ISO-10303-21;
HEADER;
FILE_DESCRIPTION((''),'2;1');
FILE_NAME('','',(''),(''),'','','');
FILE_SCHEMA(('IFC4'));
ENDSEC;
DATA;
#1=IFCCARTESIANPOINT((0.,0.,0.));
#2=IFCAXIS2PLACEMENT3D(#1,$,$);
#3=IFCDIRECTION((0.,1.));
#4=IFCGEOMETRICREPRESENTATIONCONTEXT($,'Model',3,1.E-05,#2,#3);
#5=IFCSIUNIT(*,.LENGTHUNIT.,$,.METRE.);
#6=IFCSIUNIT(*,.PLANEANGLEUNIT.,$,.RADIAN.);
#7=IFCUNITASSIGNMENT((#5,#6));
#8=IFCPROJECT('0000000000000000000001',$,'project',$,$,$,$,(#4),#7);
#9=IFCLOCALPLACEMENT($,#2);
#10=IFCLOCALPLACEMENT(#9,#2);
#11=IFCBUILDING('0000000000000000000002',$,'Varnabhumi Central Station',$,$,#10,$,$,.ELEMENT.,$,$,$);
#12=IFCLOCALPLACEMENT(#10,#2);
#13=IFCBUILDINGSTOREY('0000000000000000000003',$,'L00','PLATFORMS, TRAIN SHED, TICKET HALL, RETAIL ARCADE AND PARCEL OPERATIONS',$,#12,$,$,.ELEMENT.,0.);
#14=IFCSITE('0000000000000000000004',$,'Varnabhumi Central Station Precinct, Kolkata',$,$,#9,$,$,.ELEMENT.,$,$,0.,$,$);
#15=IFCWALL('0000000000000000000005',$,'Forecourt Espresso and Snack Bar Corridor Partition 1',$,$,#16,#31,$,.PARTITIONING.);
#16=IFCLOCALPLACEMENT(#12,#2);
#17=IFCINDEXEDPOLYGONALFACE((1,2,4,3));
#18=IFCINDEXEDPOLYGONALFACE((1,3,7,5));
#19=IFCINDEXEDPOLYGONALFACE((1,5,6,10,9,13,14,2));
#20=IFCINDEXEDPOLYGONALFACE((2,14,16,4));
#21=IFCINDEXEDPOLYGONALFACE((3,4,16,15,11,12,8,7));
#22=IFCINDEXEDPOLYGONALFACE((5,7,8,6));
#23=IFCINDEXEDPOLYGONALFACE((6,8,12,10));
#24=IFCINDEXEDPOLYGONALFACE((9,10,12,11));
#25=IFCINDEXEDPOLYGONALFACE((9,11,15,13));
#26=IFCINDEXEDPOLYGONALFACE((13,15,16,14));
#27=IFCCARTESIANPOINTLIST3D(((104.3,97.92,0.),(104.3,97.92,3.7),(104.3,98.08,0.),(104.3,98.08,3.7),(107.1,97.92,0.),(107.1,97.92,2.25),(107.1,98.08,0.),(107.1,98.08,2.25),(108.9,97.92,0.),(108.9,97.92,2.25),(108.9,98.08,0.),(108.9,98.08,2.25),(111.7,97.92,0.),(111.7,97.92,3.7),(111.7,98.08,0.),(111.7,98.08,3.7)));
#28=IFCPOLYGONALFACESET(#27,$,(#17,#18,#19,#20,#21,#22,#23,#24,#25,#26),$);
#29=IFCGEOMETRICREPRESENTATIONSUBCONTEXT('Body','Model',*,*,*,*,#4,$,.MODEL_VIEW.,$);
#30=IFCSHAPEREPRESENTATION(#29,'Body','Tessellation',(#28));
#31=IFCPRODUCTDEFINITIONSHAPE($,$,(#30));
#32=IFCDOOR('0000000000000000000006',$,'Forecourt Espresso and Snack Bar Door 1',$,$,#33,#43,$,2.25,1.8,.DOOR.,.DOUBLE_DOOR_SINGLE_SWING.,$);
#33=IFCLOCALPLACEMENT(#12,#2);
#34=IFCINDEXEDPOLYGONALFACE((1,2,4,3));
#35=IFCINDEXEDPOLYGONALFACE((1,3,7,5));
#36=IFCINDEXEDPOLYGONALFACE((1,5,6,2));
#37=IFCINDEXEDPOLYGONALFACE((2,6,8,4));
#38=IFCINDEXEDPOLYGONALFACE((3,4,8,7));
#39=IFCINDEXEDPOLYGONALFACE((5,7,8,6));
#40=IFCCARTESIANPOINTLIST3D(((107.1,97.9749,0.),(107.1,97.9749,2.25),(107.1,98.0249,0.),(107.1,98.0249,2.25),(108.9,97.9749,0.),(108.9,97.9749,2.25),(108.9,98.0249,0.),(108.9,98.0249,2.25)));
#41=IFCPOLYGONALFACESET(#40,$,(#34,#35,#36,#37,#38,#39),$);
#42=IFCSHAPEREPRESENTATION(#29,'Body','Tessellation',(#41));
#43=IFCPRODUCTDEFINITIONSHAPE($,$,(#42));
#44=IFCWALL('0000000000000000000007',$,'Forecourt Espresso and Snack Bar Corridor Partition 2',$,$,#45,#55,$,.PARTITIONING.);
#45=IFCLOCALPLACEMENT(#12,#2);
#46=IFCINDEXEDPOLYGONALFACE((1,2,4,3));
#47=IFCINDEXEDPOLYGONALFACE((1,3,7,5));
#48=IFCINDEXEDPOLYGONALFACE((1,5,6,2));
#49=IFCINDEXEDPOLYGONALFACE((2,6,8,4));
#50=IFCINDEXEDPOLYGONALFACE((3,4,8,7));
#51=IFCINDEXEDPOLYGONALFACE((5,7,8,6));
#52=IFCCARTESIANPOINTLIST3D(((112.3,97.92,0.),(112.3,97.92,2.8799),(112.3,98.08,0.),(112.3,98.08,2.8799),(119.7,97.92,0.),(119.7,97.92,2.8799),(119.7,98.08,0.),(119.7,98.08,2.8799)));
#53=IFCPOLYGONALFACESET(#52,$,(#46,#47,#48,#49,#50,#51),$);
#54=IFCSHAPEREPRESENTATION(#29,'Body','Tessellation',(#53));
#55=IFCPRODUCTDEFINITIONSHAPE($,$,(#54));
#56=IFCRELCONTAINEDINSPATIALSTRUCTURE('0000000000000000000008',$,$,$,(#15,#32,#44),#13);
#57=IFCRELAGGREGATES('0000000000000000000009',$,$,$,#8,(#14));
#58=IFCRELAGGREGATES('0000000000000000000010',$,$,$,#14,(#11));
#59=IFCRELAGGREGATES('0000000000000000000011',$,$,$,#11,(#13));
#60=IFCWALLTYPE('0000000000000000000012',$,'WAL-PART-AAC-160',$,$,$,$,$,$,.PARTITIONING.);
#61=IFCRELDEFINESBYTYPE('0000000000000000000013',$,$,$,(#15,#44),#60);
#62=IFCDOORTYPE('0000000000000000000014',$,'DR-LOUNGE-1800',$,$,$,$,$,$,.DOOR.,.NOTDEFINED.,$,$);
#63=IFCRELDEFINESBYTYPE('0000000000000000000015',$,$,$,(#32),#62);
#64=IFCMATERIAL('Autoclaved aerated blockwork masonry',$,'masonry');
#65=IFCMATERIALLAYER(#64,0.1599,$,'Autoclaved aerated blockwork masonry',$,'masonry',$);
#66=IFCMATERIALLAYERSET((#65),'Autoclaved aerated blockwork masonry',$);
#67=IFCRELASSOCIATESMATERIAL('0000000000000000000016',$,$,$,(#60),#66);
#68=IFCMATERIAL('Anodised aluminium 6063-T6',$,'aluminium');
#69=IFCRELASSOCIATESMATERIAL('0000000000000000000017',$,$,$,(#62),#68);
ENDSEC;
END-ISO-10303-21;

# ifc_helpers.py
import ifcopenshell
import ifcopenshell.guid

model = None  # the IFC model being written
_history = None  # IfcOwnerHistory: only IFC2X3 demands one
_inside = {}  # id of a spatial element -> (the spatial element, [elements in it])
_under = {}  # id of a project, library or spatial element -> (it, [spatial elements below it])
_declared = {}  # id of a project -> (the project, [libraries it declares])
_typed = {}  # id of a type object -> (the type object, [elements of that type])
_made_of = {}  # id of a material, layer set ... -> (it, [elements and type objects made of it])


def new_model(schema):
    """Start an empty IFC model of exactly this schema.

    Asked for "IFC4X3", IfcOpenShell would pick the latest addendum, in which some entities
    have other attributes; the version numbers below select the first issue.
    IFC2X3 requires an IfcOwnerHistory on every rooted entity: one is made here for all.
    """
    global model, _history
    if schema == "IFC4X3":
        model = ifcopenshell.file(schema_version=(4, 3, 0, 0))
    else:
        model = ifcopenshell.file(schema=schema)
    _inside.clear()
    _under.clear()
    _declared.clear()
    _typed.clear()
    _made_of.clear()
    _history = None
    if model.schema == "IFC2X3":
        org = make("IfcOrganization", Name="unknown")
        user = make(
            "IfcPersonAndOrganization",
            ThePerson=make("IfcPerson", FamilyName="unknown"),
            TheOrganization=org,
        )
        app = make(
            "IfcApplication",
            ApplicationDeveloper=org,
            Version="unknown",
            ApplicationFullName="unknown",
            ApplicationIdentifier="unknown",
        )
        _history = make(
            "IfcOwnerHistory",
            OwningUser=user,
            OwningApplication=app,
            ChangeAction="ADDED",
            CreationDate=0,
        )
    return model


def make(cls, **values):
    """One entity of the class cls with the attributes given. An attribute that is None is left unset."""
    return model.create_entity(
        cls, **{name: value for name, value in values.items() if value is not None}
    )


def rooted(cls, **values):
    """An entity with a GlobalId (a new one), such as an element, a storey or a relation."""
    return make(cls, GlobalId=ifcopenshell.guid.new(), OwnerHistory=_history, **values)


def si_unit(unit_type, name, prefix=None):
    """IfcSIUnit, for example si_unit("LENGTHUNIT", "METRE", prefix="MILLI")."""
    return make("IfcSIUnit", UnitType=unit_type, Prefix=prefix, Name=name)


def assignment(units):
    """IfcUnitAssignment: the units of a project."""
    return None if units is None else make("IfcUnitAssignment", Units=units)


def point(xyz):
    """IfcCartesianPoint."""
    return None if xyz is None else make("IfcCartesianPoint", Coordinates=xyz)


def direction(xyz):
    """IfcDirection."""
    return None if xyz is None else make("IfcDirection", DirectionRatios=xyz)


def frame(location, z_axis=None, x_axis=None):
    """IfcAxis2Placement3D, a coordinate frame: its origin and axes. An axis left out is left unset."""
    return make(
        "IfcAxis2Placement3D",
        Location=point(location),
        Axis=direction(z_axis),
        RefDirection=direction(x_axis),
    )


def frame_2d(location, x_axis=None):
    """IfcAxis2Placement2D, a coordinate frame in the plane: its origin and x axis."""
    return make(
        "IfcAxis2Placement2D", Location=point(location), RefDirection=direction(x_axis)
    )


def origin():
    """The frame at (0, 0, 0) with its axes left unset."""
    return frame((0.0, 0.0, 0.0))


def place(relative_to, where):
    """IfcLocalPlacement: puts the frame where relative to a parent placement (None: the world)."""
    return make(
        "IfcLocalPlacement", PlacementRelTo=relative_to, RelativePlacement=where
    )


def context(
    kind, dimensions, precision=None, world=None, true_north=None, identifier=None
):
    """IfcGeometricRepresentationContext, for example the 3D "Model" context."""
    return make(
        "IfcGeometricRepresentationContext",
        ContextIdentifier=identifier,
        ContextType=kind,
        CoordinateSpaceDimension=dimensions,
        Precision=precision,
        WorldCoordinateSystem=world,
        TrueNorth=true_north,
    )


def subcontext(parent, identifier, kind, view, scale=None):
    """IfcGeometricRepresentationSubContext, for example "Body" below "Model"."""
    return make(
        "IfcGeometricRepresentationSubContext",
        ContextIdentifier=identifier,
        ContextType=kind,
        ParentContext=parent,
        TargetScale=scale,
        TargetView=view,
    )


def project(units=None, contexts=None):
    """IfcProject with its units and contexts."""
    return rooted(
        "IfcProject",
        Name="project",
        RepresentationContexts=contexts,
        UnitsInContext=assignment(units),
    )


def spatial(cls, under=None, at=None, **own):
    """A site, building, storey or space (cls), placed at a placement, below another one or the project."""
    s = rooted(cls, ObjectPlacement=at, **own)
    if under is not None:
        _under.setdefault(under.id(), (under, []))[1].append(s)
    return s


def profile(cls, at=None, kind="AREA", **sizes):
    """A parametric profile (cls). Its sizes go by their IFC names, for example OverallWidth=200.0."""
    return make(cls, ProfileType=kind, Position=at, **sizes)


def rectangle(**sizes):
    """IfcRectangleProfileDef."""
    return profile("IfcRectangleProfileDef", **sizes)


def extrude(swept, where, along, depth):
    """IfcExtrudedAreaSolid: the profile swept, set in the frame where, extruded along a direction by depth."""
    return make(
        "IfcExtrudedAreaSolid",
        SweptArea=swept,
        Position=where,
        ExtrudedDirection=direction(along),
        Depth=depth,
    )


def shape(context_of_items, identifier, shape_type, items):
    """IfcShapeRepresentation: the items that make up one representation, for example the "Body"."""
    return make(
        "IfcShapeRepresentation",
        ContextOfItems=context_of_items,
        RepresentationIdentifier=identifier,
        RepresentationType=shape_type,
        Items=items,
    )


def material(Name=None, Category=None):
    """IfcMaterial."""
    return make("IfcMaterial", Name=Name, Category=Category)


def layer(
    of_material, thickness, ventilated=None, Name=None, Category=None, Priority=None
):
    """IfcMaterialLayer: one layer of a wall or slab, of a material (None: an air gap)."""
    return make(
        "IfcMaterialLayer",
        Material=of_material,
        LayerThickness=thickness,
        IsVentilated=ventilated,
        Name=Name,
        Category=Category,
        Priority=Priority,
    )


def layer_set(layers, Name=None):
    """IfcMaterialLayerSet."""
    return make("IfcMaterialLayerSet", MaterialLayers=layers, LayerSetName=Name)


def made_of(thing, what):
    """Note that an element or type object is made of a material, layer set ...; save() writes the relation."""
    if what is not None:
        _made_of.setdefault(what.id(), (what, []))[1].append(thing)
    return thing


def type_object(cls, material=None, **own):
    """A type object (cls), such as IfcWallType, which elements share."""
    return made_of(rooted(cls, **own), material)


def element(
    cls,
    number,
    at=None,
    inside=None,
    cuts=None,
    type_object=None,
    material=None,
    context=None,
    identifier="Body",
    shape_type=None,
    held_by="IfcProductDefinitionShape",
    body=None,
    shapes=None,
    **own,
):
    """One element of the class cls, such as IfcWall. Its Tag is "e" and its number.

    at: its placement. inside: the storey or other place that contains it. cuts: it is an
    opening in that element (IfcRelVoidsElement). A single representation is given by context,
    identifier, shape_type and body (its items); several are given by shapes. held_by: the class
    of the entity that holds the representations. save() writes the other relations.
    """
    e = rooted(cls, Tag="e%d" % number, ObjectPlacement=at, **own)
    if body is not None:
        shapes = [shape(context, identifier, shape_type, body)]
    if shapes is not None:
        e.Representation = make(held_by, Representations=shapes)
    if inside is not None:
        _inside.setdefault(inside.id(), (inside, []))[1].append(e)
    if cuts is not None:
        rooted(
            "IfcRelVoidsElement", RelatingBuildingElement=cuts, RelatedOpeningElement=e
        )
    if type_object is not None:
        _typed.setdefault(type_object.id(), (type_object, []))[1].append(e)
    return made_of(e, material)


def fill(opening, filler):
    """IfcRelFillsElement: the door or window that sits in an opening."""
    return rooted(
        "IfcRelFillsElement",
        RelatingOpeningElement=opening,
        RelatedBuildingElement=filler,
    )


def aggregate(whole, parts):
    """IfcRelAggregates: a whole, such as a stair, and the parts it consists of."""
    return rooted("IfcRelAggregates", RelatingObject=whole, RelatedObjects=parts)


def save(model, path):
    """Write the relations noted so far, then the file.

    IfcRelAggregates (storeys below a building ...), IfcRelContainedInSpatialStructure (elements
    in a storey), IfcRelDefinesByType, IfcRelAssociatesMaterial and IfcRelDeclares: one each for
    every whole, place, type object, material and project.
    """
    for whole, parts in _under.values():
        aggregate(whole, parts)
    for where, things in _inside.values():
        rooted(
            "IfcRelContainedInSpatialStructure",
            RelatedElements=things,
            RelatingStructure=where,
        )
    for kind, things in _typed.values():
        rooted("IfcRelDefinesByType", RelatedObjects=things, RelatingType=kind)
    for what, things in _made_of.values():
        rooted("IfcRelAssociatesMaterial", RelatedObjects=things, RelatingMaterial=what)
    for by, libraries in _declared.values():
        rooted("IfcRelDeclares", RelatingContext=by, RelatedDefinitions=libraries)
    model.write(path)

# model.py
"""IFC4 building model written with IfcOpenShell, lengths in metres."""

from ifc_helpers import new_model, si_unit, direction, frame, frame_2d, origin, place, context, subcontext, project, spatial, rectangle, extrude, material, layer, layer_set, type_object, element, fill, save


model = new_model("IFC4")

# Units and contexts
model_context = context("Model", 3, precision=1e-05, world=origin(), true_north=direction((0.0, 1.0)))
body_context = subcontext(model_context, "Body", "Model", "MODEL_VIEW")
ifc_project = project(units=[si_unit("LENGTHUNIT", "METRE"), si_unit("PLANEANGLEUNIT", "RADIAN")], contexts=[model_context])

# Site, building, storey
site_placement = place(None, origin())
site = spatial("IfcSite", under=ifc_project, at=site_placement, Name="Varnabhumi Central Station Precinct, Kolkata", CompositionType="ELEMENT", RefElevation=0.0)
building_placement = place(site_placement, origin())
building = spatial("IfcBuilding", under=site, at=building_placement, Name="Varnabhumi Central Station", CompositionType="ELEMENT")
storey_placement = place(building_placement, origin())
storey = spatial("IfcBuildingStorey", under=building, at=storey_placement, Name="L00", Description="PLATFORMS, TRAIN SHED, TICKET HALL, RETAIL ARCADE AND PARCEL OPERATIONS", CompositionType="ELEMENT", Elevation=0.0)

# Wall, opening, door
ifc_material_1 = material(Name="Autoclaved aerated blockwork masonry", Category="masonry")
ifc_layer_1 = layer(ifc_material_1, 0.1599, Name="Autoclaved aerated blockwork masonry", Category="masonry")
ifc_layer_set_1 = layer_set([ifc_layer_1], Name="Autoclaved aerated blockwork masonry")
wall_type = type_object("IfcWallType", Name="WAL-PART-AAC-160", PredefinedType="PARTITIONING", material=ifc_layer_set_1)
ifc_material_2 = material(Name="Anodised aluminium 6063-T6", Category="aluminium")
wall_1_placement = place(storey_placement, frame((104.3, 98.0, 0.0), z_axis=(0.0, 0.0, 1.0), x_axis=(1.0, 0.0, 0.0)))
wall_1 = element("IfcWall", 1, at=wall_1_placement, inside=storey, type_object=wall_type, Name="Forecourt Espresso and Snack Bar Corridor Partition 1", PredefinedType="PARTITIONING", context=body_context, shape_type="SweptSolid", body=[
    extrude(rectangle(XDim=7.3999, YDim=0.1599, at=frame_2d((3.7, 0.0))), origin(), (0.0, 0.0, 1.0), 3.7),
])
opening_1_placement = place(wall_1_placement, frame((2.8, 0.0, 0.0)))
opening_1 = element("IfcOpeningElement", 2, at=opening_1_placement, cuts=wall_1, PredefinedType="OPENING", context=body_context, shape_type="SweptSolid", body=[
    extrude(rectangle(XDim=1.8, YDim=2.25, at=frame_2d((0.8999, 1.125))), frame((0.0, 0.0898, 0.0), z_axis=(0.0, -1.0, 0.0), x_axis=(1.0, 0.0, 0.0)), (0.0, 0.0, 1.0), 0.1799),
])
door_type_1 = type_object("IfcDoorType", Name="DR-LOUNGE-1800", OperationType="NOTDEFINED", PredefinedType="DOOR", material=ifc_material_2)
door_1_placement = place(opening_1_placement, origin())
door_1 = element("IfcDoor", 3, at=door_1_placement, inside=storey, type_object=door_type_1, Name="Forecourt Espresso and Snack Bar Door 1", OperationType="DOUBLE_DOOR_SINGLE_SWING", OverallHeight=2.25, OverallWidth=1.8, PredefinedType="DOOR", context=body_context, shape_type="SweptSolid", body=[
    extrude(rectangle(XDim=1.8, YDim=2.25, at=frame_2d((0.8999, 1.125))), frame((0.0, 0.0249, 0.0), z_axis=(0.0, -1.0, 0.0), x_axis=(1.0, 0.0, 0.0)), (0.0, 0.0, 1.0), 0.05),
])
fill(opening_1, door_1)

# Wall
wall_2_placement = place(storey_placement, frame((112.3, 98.0, 0.0), z_axis=(0.0, 0.0, 1.0), x_axis=(1.0, 0.0, 0.0)))
element("IfcWall", 4, at=wall_2_placement, inside=storey, type_object=wall_type, Name="Forecourt Espresso and Snack Bar Corridor Partition 2", PredefinedType="PARTITIONING", context=body_context, shape_type="SweptSolid", body=[
    extrude(rectangle(XDim=7.3999, YDim=0.1599, at=frame_2d((3.7, 0.0))), origin(), (0.0, 0.0, 1.0), 2.8799),
])

save(model, "model.ifc")
